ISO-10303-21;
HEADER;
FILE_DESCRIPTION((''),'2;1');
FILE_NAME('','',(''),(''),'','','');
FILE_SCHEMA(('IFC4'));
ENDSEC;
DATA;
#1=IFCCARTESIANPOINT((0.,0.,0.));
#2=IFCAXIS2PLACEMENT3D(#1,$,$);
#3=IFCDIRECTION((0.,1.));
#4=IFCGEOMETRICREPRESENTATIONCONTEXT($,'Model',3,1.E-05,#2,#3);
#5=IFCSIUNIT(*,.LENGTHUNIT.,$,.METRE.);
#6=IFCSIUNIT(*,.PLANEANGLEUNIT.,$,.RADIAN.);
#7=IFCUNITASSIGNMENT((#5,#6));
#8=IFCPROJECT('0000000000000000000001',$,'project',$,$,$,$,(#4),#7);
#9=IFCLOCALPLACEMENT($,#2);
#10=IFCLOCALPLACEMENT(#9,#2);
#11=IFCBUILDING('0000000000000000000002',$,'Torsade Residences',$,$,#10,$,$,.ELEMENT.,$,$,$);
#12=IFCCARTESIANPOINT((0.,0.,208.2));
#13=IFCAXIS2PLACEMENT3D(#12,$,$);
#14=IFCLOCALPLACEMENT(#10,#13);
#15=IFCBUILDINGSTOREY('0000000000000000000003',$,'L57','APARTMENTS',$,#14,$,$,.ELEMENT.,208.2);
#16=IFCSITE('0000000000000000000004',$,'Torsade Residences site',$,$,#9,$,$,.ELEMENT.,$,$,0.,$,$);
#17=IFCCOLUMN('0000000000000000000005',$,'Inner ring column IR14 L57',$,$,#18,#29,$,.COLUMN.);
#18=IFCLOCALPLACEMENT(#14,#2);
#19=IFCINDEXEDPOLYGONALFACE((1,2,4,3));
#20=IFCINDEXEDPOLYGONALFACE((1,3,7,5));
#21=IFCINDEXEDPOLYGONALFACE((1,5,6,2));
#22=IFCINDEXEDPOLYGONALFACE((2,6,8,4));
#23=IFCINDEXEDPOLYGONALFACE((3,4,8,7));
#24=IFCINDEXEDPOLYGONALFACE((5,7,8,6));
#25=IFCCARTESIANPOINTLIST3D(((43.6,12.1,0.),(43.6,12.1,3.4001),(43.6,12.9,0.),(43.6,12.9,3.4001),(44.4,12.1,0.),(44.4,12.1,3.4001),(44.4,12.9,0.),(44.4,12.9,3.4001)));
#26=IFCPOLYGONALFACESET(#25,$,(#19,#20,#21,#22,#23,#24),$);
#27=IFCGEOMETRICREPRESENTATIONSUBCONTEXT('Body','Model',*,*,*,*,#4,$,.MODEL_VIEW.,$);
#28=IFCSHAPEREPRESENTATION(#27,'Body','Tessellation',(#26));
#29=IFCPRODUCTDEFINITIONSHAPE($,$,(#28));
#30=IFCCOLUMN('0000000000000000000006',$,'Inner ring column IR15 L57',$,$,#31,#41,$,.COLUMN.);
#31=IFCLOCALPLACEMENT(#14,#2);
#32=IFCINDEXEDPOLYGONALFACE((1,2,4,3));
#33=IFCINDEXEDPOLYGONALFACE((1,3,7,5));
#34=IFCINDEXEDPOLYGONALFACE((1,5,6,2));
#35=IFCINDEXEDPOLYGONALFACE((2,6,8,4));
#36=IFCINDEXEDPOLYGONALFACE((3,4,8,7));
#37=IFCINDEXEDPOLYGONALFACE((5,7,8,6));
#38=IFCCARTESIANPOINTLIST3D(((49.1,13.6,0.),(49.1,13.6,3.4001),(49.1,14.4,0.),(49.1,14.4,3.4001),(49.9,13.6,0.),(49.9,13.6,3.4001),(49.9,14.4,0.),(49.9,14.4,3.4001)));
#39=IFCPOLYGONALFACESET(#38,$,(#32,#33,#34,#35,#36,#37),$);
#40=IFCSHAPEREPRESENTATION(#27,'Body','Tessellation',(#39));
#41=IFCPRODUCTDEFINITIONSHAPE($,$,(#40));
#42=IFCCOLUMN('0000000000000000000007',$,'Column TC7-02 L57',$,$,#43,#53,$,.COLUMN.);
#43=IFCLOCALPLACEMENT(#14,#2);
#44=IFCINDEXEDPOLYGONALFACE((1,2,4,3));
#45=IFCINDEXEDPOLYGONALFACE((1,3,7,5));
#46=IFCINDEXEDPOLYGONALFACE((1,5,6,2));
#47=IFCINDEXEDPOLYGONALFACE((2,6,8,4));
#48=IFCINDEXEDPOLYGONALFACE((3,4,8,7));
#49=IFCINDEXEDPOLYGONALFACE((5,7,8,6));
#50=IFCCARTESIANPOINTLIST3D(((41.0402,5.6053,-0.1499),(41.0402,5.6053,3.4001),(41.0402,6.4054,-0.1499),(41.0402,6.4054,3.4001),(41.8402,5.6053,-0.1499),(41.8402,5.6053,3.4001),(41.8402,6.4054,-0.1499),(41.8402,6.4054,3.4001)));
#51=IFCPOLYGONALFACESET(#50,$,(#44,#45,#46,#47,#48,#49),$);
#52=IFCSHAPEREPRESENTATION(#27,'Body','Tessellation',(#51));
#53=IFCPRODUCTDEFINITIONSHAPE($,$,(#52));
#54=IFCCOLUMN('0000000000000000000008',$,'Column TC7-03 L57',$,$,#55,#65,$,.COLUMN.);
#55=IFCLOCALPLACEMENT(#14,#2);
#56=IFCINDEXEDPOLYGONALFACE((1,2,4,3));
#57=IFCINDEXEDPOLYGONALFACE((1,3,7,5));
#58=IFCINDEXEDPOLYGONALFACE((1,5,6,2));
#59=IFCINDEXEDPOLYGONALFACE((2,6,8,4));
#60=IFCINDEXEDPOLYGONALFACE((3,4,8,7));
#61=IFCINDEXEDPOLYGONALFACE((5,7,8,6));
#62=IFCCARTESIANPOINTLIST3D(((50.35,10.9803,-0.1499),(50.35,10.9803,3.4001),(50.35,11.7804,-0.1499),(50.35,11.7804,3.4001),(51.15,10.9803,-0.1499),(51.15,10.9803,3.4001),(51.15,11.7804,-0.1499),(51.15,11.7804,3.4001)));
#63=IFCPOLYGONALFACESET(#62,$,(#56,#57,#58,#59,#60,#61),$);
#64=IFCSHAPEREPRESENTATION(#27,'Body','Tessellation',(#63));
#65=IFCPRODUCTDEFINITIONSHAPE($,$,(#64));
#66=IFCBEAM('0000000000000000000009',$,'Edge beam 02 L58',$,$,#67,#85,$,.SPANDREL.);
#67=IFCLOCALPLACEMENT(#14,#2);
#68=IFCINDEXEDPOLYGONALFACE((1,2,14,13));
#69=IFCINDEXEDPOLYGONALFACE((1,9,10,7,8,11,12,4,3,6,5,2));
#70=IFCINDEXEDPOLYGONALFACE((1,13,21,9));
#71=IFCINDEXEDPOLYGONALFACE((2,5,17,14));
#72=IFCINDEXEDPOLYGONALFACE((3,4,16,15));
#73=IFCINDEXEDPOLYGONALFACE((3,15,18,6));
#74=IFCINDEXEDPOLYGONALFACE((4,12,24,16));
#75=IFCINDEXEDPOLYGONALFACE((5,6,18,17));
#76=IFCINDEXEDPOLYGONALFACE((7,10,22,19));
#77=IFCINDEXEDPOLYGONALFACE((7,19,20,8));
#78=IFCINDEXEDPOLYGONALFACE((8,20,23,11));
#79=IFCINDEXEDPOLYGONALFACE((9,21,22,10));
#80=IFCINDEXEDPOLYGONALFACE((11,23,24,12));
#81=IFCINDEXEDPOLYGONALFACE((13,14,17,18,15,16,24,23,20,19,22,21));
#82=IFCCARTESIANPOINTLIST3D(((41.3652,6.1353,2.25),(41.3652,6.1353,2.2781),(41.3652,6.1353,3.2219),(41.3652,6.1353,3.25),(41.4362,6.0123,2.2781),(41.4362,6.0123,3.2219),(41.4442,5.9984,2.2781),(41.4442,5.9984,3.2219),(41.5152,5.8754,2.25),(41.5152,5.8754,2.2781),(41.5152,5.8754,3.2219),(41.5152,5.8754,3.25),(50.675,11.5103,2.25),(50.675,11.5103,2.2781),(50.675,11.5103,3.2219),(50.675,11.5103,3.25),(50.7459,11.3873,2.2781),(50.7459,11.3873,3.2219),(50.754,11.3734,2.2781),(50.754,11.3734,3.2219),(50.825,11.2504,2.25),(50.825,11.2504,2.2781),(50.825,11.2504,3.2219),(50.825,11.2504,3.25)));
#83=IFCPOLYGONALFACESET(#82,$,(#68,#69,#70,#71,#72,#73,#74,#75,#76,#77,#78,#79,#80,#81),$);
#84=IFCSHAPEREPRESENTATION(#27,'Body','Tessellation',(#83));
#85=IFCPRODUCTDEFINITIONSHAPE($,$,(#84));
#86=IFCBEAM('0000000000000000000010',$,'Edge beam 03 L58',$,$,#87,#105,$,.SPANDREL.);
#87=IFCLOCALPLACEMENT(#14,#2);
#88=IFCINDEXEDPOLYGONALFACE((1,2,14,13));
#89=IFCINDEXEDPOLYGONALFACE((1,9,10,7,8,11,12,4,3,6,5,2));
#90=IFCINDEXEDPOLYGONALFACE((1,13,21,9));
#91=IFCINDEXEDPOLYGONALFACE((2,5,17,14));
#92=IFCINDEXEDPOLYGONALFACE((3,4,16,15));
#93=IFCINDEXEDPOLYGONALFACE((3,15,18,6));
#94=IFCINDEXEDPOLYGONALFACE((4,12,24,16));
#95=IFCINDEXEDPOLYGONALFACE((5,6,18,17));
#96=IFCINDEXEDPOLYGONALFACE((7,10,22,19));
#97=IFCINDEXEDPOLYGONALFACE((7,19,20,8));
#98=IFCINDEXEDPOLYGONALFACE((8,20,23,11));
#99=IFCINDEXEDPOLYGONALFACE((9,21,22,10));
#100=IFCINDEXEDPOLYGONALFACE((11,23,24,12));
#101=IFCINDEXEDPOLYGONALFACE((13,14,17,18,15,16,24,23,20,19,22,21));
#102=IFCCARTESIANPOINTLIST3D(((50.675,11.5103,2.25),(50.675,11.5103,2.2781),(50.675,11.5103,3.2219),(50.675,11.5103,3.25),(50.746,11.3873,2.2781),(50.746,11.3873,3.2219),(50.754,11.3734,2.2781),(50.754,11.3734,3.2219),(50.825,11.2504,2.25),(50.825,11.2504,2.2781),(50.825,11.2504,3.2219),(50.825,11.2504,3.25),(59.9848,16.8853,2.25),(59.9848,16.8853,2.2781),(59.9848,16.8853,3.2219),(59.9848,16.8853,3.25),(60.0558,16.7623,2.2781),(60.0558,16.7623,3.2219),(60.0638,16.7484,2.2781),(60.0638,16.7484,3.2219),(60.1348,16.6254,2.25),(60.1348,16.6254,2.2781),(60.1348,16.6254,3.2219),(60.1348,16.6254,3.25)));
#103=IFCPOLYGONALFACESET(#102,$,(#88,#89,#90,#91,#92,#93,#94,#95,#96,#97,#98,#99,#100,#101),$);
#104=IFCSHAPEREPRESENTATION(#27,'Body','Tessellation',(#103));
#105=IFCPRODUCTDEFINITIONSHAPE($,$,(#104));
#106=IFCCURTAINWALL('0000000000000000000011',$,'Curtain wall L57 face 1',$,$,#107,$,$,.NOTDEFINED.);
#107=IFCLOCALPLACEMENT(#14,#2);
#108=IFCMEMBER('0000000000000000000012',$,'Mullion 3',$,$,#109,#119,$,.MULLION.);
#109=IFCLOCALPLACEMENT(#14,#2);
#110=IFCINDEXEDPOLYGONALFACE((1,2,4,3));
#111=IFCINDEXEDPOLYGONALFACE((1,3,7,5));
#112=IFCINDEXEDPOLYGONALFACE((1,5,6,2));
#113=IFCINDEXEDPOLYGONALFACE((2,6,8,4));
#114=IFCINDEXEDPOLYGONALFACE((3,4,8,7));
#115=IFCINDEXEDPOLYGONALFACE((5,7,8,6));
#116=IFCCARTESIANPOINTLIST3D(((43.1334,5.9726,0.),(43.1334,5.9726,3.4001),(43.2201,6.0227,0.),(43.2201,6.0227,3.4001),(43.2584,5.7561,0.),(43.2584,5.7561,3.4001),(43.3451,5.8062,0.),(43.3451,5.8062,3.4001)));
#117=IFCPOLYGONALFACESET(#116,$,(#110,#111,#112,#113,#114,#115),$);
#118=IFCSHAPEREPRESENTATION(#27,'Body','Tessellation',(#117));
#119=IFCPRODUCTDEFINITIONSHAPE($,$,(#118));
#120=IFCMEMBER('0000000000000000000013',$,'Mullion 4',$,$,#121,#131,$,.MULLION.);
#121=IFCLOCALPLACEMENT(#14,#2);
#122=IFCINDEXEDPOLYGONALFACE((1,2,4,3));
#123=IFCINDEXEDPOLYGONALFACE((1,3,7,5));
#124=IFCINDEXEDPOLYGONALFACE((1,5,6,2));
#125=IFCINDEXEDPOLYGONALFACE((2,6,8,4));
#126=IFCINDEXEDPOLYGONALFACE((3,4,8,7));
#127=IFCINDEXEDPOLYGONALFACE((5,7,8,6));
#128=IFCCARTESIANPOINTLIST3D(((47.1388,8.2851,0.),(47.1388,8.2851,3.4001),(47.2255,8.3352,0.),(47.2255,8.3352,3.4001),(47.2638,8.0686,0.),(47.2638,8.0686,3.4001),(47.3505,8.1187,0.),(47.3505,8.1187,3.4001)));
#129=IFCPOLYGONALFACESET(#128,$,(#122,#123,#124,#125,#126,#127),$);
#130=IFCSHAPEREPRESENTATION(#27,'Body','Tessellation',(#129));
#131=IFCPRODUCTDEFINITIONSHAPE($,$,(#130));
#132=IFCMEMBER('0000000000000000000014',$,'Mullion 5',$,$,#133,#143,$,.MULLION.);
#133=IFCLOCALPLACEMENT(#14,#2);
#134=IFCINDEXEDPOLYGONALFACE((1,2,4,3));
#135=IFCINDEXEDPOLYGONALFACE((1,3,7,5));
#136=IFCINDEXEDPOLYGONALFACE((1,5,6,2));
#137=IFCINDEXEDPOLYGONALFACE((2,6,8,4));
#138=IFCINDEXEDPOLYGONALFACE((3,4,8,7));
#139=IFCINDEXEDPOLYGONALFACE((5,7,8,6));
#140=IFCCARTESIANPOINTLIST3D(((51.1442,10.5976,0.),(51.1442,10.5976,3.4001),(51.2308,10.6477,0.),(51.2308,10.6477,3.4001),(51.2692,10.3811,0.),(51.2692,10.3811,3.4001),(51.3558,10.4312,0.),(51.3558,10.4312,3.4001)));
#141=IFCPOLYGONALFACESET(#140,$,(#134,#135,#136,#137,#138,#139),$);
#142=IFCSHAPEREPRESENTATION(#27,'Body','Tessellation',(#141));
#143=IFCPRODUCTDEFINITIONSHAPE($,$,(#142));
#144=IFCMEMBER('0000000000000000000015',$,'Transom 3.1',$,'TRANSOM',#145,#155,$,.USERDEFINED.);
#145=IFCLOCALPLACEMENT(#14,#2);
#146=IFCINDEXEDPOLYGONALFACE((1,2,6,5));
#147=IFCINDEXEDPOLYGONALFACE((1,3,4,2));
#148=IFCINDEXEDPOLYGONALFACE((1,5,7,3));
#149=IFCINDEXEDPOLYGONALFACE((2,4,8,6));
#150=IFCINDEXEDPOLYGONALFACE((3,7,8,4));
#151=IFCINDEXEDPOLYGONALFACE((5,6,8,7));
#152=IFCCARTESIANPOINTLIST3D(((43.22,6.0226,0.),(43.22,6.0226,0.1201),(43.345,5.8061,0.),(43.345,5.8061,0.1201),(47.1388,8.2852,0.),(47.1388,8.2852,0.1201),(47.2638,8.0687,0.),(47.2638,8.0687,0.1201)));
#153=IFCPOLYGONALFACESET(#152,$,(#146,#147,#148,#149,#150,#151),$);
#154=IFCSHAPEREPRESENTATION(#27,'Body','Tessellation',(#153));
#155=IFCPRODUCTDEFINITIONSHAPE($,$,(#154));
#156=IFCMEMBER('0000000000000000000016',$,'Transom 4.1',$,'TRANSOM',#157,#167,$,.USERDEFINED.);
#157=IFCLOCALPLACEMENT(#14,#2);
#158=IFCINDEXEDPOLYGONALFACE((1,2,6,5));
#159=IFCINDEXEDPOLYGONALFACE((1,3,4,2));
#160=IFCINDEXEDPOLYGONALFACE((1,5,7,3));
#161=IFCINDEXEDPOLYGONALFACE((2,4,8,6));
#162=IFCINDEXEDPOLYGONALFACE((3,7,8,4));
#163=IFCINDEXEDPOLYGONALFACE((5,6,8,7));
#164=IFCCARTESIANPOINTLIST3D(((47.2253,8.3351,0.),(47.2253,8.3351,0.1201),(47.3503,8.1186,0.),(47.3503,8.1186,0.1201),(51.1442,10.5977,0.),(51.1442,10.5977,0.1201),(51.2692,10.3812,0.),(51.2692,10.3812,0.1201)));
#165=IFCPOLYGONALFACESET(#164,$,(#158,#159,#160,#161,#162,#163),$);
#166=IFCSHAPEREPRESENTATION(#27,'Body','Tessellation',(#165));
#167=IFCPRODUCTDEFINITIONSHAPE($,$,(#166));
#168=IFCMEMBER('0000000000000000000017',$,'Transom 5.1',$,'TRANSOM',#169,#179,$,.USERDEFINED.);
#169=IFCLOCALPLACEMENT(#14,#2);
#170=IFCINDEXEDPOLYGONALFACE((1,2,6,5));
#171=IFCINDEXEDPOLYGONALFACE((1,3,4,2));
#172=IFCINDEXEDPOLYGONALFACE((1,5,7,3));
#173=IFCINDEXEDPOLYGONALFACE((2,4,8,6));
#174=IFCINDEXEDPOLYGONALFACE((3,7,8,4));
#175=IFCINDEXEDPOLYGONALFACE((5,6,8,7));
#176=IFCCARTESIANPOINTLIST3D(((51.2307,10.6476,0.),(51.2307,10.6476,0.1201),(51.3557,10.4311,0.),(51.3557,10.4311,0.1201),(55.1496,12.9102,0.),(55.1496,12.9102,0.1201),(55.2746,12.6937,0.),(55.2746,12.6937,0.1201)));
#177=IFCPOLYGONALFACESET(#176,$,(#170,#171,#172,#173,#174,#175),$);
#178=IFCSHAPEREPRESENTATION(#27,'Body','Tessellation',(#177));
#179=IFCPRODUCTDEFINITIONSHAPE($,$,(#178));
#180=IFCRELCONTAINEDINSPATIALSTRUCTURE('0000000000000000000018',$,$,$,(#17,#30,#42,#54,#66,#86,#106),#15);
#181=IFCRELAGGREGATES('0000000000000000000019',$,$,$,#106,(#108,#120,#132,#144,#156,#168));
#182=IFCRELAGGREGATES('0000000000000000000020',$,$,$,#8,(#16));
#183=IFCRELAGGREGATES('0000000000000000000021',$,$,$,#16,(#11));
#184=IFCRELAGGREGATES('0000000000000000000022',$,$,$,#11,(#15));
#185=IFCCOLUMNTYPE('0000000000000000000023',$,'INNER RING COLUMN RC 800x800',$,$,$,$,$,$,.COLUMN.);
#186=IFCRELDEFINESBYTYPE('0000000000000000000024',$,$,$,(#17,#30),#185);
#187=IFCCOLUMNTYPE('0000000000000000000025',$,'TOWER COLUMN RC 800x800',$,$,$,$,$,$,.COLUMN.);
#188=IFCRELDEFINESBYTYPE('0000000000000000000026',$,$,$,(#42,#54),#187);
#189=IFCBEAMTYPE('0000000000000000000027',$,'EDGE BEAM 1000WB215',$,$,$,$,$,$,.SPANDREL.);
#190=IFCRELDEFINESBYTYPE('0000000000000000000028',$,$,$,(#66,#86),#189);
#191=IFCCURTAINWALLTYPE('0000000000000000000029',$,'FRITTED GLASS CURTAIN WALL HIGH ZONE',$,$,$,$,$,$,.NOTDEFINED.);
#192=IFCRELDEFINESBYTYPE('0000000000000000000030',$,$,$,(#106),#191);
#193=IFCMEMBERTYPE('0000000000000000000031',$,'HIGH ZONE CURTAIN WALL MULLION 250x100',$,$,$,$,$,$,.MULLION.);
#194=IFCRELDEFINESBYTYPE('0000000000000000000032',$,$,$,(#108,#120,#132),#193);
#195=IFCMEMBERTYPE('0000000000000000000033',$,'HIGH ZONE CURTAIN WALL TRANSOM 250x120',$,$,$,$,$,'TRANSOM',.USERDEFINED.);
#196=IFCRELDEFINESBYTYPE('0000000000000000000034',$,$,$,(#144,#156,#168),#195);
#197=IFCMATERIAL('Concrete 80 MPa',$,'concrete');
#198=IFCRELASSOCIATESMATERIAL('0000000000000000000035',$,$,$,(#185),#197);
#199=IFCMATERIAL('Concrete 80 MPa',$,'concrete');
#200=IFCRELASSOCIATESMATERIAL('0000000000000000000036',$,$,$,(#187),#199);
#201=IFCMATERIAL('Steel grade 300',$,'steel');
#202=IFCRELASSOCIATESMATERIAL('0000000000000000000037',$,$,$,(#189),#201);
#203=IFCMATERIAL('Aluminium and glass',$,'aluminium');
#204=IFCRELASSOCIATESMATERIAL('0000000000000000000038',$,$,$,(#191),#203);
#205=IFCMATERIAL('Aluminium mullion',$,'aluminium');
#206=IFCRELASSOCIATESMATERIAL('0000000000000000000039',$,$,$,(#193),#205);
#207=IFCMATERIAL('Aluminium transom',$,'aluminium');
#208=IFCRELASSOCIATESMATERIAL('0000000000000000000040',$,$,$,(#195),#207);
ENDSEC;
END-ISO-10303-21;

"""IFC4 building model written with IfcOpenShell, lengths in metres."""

from ifc_helpers import new_model, si_unit, direction, frame, origin, origin_2d, place, context, subcontext, project, spatial, rectangle, i_section, extrude, material, material_profile, profile_set, type_object, element, aggregate, save


model = new_model("IFC4")

# Units and contexts
model_context = context("Model", 3, precision=1e-05, world=origin(), true_north=direction((0.0, 1.0)))
body_context = subcontext(model_context, "Body", "Model", "MODEL_VIEW")
ifc_project = project(units=[si_unit("LENGTHUNIT", "METRE"), si_unit("PLANEANGLEUNIT", "RADIAN")], contexts=[model_context])

# Site, building, storey
site_placement = place(None, origin())
site = spatial("IfcSite", under=ifc_project, at=site_placement, Name="Torsade Residences site", CompositionType="ELEMENT", RefElevation=0.0)
building_placement = place(site_placement, origin())
building = spatial("IfcBuilding", under=site, at=building_placement, Name="Torsade Residences", CompositionType="ELEMENT")
storey_placement = place(building_placement, frame((0.0, 0.0, 208.2)))
storey = spatial("IfcBuildingStorey", under=building, at=storey_placement, Name="L57", Description="APARTMENTS", CompositionType="ELEMENT", Elevation=208.2)

# Columns
ifc_material_1 = material(Name="Concrete 80 MPa", Category="concrete")
ifc_material_profile_1 = material_profile(ifc_material_1, rectangle(XDim=0.8, YDim=0.8, at=origin_2d()), Name="RC 800x800")
ifc_profile_set_1 = profile_set([ifc_material_profile_1], Name="Concrete 80 MPa")
column_type_1 = type_object("IfcColumnType", Name="INNER RING COLUMN RC 800x800", PredefinedType="COLUMN", material=ifc_profile_set_1)
for number, where, z_axis, x_axis, name in (
    (1, (44.0, 12.5, 0.0), (0.0, 0.0, 1.0), (1.0, 0.0, 0.0), "Inner ring column IR14 L57"),
    (2, (49.5, 14.0, 0.0), (0.0, 0.0, 1.0), (1.0, 0.0, 0.0), "Inner ring column IR15 L57"),
):
    element("IfcColumn", number, at=place(storey_placement, frame(where, z_axis=z_axis, x_axis=x_axis)), inside=storey, type_object=column_type_1, Name=name, PredefinedType="COLUMN", context=body_context, shape_type="SweptSolid", body=[
        extrude(rectangle(XDim=0.8, YDim=0.8, at=origin_2d()), origin(), (0.0, 0.0, 1.0), 3.4001),
    ])
ifc_material_2 = material(Name="Concrete 80 MPa", Category="concrete")
ifc_material_profile_2 = material_profile(ifc_material_2, rectangle(XDim=0.8, YDim=0.8, at=origin_2d()), Name="RC 800x800")
ifc_profile_set_2 = profile_set([ifc_material_profile_2], Name="Concrete 80 MPa")
column_type_2 = type_object("IfcColumnType", Name="TOWER COLUMN RC 800x800", PredefinedType="COLUMN", material=ifc_profile_set_2)
for number, where, z_axis, x_axis, name in (
    (3, (41.4402, 6.0054, -0.1499), (0.0, 0.0, 1.0), (1.0, 0.0, 0.0), "Column TC7-02 L57"),
    (4, (50.75, 11.3804, -0.1499), (0.0, 0.0, 1.0), (1.0, 0.0, 0.0), "Column TC7-03 L57"),
):
    element("IfcColumn", number, at=place(storey_placement, frame(where, z_axis=z_axis, x_axis=x_axis)), inside=storey, type_object=column_type_2, Name=name, PredefinedType="COLUMN", context=body_context, shape_type="SweptSolid", body=[
        extrude(rectangle(XDim=0.8, YDim=0.8, at=origin_2d()), origin(), (0.0, 0.0, 1.0), 3.55),
    ])

# Beams
ifc_material_3 = material(Name="Steel grade 300", Category="steel")
ifc_material_profile_3 = material_profile(ifc_material_3, i_section(OverallWidth=0.3, OverallDepth=1.0, WebThickness=0.0161, FlangeThickness=0.0281, at=origin_2d()), Name="1000WB215")
ifc_profile_set_3 = profile_set([ifc_material_profile_3], Name="Steel grade 300")
beam_type_1 = type_object("IfcBeamType", Name="EDGE BEAM 1000WB215", PredefinedType="SPANDREL", material=ifc_profile_set_3)
for number, where, z_axis, x_axis, name in (
    (5, (41.4402, 6.0054, 2.75), (0.866026, 0.499998, 0.0), (-0.499998, 0.866026, 0.0), "Edge beam 02 L58"),
    (6, (50.75, 11.3804, 2.75), (0.866026, 0.499998, 0.0), (-0.499998, 0.866026, 0.0), "Edge beam 03 L58"),
):
    element("IfcBeam", number, at=place(storey_placement, frame(where, z_axis=z_axis, x_axis=x_axis)), inside=storey, type_object=beam_type_1, Name=name, PredefinedType="SPANDREL", context=body_context, shape_type="SweptSolid", body=[
        extrude(i_section(OverallWidth=0.3, OverallDepth=1.0, WebThickness=0.0161, FlangeThickness=0.0281, at=origin_2d()), origin(), (0.0, 0.0, 1.0), 10.75),
    ])

# Curtain wall, members
ifc_material_4 = material(Name="Aluminium and glass", Category="aluminium")
curtain_wall_type = type_object("IfcCurtainWallType", Name="FRITTED GLASS CURTAIN WALL HIGH ZONE", PredefinedType="NOTDEFINED", material=ifc_material_4)
curtain_wall_placement = place(storey_placement, origin())
curtain_wall = element("IfcCurtainWall", 7, at=curtain_wall_placement, inside=storey, type_object=curtain_wall_type, Name="Curtain wall L57 face 1", PredefinedType="NOTDEFINED")
ifc_material_5 = material(Name="Aluminium mullion", Category="aluminium")
ifc_material_profile_4 = material_profile(ifc_material_5, rectangle(XDim=0.25, YDim=0.1001, at=origin_2d()), Name="HIGH ZONE CURTAIN WALL MULLION 250x100")
ifc_profile_set_4 = profile_set([ifc_material_profile_4], Name="Aluminium mullion")
member_type_1 = type_object("IfcMemberType", Name="HIGH ZONE CURTAIN WALL MULLION 250x100", PredefinedType="MULLION", material=ifc_profile_set_4)
member_1_placement = place(storey_placement, frame((43.2393, 5.8894, 0.0), z_axis=(0.0, 0.0, 1.0), x_axis=(-0.5, 0.866025, 0.0)))
member_1 = element("IfcMember", 8, at=member_1_placement, type_object=member_type_1, Name="Mullion 3", PredefinedType="MULLION", context=body_context, shape_type="SweptSolid", body=[
    extrude(rectangle(XDim=0.25, YDim=0.1001, at=origin_2d()), origin(), (0.0, 0.0, 1.0), 3.4001),
])
member_2_placement = place(storey_placement, frame((47.2446, 8.2019, 0.0), z_axis=(0.0, 0.0, 1.0), x_axis=(-0.5, 0.866025, 0.0)))
member_2 = element("IfcMember", 9, at=member_2_placement, type_object=member_type_1, Name="Mullion 4", PredefinedType="MULLION", context=body_context, shape_type="SweptSolid", body=[
    extrude(rectangle(XDim=0.25, YDim=0.1001, at=origin_2d()), origin(), (0.0, 0.0, 1.0), 3.4001),
])
member_3_placement = place(storey_placement, frame((51.25, 10.5144, 0.0), z_axis=(0.0, 0.0, 1.0), x_axis=(-0.5, 0.866025, 0.0)))
member_3 = element("IfcMember", 10, at=member_3_placement, type_object=member_type_1, Name="Mullion 5", PredefinedType="MULLION", context=body_context, shape_type="SweptSolid", body=[
    extrude(rectangle(XDim=0.25, YDim=0.1001, at=origin_2d()), origin(), (0.0, 0.0, 1.0), 3.4001),
])
ifc_material_6 = material(Name="Aluminium transom", Category="aluminium")
ifc_material_profile_5 = material_profile(ifc_material_6, rectangle(XDim=0.25, YDim=0.1201, at=origin_2d()), Name="HIGH ZONE CURTAIN WALL TRANSOM 250x120")
ifc_profile_set_5 = profile_set([ifc_material_profile_5], Name="Aluminium transom")
member_type_2 = type_object("IfcMemberType", Name="HIGH ZONE CURTAIN WALL TRANSOM 250x120", ElementType="TRANSOM", PredefinedType="USERDEFINED", material=ifc_profile_set_5)
member_4_placement = place(storey_placement, frame((43.2825, 5.9143, 0.0601), z_axis=(0.866017, 0.500015, 0.0), x_axis=(-0.500015, 0.866017, 0.0)))
member_4 = element("IfcMember", 11, at=member_4_placement, type_object=member_type_2, Name="Transom 3.1", ObjectType="TRANSOM", PredefinedType="USERDEFINED", context=body_context, shape_type="SweptSolid", body=[
    extrude(rectangle(XDim=0.25, YDim=0.1201, at=origin_2d()), origin(), (0.0, 0.0, 1.0), 4.5251),
])
member_5_placement = place(storey_placement, frame((47.2878, 8.2268, 0.0601), z_axis=(0.866017, 0.500015, 0.0), x_axis=(-0.500015, 0.866017, 0.0)))
member_5 = element("IfcMember", 12, at=member_5_placement, type_object=member_type_2, Name="Transom 4.1", ObjectType="TRANSOM", PredefinedType="USERDEFINED", context=body_context, shape_type="SweptSolid", body=[
    extrude(rectangle(XDim=0.25, YDim=0.1201, at=origin_2d()), origin(), (0.0, 0.0, 1.0), 4.5251),
])
member_6_placement = place(storey_placement, frame((51.2932, 10.5393, 0.0601), z_axis=(0.866017, 0.500015, 0.0), x_axis=(-0.500015, 0.866017, 0.0)))
member_6 = element("IfcMember", 13, at=member_6_placement, type_object=member_type_2, Name="Transom 5.1", ObjectType="TRANSOM", PredefinedType="USERDEFINED", context=body_context, shape_type="SweptSolid", body=[
    extrude(rectangle(XDim=0.25, YDim=0.1201, at=origin_2d()), origin(), (0.0, 0.0, 1.0), 4.5251),
])

aggregate(curtain_wall, [member_1, member_2, member_3, member_4, member_5, member_6])

save(model, "model.ifc")
